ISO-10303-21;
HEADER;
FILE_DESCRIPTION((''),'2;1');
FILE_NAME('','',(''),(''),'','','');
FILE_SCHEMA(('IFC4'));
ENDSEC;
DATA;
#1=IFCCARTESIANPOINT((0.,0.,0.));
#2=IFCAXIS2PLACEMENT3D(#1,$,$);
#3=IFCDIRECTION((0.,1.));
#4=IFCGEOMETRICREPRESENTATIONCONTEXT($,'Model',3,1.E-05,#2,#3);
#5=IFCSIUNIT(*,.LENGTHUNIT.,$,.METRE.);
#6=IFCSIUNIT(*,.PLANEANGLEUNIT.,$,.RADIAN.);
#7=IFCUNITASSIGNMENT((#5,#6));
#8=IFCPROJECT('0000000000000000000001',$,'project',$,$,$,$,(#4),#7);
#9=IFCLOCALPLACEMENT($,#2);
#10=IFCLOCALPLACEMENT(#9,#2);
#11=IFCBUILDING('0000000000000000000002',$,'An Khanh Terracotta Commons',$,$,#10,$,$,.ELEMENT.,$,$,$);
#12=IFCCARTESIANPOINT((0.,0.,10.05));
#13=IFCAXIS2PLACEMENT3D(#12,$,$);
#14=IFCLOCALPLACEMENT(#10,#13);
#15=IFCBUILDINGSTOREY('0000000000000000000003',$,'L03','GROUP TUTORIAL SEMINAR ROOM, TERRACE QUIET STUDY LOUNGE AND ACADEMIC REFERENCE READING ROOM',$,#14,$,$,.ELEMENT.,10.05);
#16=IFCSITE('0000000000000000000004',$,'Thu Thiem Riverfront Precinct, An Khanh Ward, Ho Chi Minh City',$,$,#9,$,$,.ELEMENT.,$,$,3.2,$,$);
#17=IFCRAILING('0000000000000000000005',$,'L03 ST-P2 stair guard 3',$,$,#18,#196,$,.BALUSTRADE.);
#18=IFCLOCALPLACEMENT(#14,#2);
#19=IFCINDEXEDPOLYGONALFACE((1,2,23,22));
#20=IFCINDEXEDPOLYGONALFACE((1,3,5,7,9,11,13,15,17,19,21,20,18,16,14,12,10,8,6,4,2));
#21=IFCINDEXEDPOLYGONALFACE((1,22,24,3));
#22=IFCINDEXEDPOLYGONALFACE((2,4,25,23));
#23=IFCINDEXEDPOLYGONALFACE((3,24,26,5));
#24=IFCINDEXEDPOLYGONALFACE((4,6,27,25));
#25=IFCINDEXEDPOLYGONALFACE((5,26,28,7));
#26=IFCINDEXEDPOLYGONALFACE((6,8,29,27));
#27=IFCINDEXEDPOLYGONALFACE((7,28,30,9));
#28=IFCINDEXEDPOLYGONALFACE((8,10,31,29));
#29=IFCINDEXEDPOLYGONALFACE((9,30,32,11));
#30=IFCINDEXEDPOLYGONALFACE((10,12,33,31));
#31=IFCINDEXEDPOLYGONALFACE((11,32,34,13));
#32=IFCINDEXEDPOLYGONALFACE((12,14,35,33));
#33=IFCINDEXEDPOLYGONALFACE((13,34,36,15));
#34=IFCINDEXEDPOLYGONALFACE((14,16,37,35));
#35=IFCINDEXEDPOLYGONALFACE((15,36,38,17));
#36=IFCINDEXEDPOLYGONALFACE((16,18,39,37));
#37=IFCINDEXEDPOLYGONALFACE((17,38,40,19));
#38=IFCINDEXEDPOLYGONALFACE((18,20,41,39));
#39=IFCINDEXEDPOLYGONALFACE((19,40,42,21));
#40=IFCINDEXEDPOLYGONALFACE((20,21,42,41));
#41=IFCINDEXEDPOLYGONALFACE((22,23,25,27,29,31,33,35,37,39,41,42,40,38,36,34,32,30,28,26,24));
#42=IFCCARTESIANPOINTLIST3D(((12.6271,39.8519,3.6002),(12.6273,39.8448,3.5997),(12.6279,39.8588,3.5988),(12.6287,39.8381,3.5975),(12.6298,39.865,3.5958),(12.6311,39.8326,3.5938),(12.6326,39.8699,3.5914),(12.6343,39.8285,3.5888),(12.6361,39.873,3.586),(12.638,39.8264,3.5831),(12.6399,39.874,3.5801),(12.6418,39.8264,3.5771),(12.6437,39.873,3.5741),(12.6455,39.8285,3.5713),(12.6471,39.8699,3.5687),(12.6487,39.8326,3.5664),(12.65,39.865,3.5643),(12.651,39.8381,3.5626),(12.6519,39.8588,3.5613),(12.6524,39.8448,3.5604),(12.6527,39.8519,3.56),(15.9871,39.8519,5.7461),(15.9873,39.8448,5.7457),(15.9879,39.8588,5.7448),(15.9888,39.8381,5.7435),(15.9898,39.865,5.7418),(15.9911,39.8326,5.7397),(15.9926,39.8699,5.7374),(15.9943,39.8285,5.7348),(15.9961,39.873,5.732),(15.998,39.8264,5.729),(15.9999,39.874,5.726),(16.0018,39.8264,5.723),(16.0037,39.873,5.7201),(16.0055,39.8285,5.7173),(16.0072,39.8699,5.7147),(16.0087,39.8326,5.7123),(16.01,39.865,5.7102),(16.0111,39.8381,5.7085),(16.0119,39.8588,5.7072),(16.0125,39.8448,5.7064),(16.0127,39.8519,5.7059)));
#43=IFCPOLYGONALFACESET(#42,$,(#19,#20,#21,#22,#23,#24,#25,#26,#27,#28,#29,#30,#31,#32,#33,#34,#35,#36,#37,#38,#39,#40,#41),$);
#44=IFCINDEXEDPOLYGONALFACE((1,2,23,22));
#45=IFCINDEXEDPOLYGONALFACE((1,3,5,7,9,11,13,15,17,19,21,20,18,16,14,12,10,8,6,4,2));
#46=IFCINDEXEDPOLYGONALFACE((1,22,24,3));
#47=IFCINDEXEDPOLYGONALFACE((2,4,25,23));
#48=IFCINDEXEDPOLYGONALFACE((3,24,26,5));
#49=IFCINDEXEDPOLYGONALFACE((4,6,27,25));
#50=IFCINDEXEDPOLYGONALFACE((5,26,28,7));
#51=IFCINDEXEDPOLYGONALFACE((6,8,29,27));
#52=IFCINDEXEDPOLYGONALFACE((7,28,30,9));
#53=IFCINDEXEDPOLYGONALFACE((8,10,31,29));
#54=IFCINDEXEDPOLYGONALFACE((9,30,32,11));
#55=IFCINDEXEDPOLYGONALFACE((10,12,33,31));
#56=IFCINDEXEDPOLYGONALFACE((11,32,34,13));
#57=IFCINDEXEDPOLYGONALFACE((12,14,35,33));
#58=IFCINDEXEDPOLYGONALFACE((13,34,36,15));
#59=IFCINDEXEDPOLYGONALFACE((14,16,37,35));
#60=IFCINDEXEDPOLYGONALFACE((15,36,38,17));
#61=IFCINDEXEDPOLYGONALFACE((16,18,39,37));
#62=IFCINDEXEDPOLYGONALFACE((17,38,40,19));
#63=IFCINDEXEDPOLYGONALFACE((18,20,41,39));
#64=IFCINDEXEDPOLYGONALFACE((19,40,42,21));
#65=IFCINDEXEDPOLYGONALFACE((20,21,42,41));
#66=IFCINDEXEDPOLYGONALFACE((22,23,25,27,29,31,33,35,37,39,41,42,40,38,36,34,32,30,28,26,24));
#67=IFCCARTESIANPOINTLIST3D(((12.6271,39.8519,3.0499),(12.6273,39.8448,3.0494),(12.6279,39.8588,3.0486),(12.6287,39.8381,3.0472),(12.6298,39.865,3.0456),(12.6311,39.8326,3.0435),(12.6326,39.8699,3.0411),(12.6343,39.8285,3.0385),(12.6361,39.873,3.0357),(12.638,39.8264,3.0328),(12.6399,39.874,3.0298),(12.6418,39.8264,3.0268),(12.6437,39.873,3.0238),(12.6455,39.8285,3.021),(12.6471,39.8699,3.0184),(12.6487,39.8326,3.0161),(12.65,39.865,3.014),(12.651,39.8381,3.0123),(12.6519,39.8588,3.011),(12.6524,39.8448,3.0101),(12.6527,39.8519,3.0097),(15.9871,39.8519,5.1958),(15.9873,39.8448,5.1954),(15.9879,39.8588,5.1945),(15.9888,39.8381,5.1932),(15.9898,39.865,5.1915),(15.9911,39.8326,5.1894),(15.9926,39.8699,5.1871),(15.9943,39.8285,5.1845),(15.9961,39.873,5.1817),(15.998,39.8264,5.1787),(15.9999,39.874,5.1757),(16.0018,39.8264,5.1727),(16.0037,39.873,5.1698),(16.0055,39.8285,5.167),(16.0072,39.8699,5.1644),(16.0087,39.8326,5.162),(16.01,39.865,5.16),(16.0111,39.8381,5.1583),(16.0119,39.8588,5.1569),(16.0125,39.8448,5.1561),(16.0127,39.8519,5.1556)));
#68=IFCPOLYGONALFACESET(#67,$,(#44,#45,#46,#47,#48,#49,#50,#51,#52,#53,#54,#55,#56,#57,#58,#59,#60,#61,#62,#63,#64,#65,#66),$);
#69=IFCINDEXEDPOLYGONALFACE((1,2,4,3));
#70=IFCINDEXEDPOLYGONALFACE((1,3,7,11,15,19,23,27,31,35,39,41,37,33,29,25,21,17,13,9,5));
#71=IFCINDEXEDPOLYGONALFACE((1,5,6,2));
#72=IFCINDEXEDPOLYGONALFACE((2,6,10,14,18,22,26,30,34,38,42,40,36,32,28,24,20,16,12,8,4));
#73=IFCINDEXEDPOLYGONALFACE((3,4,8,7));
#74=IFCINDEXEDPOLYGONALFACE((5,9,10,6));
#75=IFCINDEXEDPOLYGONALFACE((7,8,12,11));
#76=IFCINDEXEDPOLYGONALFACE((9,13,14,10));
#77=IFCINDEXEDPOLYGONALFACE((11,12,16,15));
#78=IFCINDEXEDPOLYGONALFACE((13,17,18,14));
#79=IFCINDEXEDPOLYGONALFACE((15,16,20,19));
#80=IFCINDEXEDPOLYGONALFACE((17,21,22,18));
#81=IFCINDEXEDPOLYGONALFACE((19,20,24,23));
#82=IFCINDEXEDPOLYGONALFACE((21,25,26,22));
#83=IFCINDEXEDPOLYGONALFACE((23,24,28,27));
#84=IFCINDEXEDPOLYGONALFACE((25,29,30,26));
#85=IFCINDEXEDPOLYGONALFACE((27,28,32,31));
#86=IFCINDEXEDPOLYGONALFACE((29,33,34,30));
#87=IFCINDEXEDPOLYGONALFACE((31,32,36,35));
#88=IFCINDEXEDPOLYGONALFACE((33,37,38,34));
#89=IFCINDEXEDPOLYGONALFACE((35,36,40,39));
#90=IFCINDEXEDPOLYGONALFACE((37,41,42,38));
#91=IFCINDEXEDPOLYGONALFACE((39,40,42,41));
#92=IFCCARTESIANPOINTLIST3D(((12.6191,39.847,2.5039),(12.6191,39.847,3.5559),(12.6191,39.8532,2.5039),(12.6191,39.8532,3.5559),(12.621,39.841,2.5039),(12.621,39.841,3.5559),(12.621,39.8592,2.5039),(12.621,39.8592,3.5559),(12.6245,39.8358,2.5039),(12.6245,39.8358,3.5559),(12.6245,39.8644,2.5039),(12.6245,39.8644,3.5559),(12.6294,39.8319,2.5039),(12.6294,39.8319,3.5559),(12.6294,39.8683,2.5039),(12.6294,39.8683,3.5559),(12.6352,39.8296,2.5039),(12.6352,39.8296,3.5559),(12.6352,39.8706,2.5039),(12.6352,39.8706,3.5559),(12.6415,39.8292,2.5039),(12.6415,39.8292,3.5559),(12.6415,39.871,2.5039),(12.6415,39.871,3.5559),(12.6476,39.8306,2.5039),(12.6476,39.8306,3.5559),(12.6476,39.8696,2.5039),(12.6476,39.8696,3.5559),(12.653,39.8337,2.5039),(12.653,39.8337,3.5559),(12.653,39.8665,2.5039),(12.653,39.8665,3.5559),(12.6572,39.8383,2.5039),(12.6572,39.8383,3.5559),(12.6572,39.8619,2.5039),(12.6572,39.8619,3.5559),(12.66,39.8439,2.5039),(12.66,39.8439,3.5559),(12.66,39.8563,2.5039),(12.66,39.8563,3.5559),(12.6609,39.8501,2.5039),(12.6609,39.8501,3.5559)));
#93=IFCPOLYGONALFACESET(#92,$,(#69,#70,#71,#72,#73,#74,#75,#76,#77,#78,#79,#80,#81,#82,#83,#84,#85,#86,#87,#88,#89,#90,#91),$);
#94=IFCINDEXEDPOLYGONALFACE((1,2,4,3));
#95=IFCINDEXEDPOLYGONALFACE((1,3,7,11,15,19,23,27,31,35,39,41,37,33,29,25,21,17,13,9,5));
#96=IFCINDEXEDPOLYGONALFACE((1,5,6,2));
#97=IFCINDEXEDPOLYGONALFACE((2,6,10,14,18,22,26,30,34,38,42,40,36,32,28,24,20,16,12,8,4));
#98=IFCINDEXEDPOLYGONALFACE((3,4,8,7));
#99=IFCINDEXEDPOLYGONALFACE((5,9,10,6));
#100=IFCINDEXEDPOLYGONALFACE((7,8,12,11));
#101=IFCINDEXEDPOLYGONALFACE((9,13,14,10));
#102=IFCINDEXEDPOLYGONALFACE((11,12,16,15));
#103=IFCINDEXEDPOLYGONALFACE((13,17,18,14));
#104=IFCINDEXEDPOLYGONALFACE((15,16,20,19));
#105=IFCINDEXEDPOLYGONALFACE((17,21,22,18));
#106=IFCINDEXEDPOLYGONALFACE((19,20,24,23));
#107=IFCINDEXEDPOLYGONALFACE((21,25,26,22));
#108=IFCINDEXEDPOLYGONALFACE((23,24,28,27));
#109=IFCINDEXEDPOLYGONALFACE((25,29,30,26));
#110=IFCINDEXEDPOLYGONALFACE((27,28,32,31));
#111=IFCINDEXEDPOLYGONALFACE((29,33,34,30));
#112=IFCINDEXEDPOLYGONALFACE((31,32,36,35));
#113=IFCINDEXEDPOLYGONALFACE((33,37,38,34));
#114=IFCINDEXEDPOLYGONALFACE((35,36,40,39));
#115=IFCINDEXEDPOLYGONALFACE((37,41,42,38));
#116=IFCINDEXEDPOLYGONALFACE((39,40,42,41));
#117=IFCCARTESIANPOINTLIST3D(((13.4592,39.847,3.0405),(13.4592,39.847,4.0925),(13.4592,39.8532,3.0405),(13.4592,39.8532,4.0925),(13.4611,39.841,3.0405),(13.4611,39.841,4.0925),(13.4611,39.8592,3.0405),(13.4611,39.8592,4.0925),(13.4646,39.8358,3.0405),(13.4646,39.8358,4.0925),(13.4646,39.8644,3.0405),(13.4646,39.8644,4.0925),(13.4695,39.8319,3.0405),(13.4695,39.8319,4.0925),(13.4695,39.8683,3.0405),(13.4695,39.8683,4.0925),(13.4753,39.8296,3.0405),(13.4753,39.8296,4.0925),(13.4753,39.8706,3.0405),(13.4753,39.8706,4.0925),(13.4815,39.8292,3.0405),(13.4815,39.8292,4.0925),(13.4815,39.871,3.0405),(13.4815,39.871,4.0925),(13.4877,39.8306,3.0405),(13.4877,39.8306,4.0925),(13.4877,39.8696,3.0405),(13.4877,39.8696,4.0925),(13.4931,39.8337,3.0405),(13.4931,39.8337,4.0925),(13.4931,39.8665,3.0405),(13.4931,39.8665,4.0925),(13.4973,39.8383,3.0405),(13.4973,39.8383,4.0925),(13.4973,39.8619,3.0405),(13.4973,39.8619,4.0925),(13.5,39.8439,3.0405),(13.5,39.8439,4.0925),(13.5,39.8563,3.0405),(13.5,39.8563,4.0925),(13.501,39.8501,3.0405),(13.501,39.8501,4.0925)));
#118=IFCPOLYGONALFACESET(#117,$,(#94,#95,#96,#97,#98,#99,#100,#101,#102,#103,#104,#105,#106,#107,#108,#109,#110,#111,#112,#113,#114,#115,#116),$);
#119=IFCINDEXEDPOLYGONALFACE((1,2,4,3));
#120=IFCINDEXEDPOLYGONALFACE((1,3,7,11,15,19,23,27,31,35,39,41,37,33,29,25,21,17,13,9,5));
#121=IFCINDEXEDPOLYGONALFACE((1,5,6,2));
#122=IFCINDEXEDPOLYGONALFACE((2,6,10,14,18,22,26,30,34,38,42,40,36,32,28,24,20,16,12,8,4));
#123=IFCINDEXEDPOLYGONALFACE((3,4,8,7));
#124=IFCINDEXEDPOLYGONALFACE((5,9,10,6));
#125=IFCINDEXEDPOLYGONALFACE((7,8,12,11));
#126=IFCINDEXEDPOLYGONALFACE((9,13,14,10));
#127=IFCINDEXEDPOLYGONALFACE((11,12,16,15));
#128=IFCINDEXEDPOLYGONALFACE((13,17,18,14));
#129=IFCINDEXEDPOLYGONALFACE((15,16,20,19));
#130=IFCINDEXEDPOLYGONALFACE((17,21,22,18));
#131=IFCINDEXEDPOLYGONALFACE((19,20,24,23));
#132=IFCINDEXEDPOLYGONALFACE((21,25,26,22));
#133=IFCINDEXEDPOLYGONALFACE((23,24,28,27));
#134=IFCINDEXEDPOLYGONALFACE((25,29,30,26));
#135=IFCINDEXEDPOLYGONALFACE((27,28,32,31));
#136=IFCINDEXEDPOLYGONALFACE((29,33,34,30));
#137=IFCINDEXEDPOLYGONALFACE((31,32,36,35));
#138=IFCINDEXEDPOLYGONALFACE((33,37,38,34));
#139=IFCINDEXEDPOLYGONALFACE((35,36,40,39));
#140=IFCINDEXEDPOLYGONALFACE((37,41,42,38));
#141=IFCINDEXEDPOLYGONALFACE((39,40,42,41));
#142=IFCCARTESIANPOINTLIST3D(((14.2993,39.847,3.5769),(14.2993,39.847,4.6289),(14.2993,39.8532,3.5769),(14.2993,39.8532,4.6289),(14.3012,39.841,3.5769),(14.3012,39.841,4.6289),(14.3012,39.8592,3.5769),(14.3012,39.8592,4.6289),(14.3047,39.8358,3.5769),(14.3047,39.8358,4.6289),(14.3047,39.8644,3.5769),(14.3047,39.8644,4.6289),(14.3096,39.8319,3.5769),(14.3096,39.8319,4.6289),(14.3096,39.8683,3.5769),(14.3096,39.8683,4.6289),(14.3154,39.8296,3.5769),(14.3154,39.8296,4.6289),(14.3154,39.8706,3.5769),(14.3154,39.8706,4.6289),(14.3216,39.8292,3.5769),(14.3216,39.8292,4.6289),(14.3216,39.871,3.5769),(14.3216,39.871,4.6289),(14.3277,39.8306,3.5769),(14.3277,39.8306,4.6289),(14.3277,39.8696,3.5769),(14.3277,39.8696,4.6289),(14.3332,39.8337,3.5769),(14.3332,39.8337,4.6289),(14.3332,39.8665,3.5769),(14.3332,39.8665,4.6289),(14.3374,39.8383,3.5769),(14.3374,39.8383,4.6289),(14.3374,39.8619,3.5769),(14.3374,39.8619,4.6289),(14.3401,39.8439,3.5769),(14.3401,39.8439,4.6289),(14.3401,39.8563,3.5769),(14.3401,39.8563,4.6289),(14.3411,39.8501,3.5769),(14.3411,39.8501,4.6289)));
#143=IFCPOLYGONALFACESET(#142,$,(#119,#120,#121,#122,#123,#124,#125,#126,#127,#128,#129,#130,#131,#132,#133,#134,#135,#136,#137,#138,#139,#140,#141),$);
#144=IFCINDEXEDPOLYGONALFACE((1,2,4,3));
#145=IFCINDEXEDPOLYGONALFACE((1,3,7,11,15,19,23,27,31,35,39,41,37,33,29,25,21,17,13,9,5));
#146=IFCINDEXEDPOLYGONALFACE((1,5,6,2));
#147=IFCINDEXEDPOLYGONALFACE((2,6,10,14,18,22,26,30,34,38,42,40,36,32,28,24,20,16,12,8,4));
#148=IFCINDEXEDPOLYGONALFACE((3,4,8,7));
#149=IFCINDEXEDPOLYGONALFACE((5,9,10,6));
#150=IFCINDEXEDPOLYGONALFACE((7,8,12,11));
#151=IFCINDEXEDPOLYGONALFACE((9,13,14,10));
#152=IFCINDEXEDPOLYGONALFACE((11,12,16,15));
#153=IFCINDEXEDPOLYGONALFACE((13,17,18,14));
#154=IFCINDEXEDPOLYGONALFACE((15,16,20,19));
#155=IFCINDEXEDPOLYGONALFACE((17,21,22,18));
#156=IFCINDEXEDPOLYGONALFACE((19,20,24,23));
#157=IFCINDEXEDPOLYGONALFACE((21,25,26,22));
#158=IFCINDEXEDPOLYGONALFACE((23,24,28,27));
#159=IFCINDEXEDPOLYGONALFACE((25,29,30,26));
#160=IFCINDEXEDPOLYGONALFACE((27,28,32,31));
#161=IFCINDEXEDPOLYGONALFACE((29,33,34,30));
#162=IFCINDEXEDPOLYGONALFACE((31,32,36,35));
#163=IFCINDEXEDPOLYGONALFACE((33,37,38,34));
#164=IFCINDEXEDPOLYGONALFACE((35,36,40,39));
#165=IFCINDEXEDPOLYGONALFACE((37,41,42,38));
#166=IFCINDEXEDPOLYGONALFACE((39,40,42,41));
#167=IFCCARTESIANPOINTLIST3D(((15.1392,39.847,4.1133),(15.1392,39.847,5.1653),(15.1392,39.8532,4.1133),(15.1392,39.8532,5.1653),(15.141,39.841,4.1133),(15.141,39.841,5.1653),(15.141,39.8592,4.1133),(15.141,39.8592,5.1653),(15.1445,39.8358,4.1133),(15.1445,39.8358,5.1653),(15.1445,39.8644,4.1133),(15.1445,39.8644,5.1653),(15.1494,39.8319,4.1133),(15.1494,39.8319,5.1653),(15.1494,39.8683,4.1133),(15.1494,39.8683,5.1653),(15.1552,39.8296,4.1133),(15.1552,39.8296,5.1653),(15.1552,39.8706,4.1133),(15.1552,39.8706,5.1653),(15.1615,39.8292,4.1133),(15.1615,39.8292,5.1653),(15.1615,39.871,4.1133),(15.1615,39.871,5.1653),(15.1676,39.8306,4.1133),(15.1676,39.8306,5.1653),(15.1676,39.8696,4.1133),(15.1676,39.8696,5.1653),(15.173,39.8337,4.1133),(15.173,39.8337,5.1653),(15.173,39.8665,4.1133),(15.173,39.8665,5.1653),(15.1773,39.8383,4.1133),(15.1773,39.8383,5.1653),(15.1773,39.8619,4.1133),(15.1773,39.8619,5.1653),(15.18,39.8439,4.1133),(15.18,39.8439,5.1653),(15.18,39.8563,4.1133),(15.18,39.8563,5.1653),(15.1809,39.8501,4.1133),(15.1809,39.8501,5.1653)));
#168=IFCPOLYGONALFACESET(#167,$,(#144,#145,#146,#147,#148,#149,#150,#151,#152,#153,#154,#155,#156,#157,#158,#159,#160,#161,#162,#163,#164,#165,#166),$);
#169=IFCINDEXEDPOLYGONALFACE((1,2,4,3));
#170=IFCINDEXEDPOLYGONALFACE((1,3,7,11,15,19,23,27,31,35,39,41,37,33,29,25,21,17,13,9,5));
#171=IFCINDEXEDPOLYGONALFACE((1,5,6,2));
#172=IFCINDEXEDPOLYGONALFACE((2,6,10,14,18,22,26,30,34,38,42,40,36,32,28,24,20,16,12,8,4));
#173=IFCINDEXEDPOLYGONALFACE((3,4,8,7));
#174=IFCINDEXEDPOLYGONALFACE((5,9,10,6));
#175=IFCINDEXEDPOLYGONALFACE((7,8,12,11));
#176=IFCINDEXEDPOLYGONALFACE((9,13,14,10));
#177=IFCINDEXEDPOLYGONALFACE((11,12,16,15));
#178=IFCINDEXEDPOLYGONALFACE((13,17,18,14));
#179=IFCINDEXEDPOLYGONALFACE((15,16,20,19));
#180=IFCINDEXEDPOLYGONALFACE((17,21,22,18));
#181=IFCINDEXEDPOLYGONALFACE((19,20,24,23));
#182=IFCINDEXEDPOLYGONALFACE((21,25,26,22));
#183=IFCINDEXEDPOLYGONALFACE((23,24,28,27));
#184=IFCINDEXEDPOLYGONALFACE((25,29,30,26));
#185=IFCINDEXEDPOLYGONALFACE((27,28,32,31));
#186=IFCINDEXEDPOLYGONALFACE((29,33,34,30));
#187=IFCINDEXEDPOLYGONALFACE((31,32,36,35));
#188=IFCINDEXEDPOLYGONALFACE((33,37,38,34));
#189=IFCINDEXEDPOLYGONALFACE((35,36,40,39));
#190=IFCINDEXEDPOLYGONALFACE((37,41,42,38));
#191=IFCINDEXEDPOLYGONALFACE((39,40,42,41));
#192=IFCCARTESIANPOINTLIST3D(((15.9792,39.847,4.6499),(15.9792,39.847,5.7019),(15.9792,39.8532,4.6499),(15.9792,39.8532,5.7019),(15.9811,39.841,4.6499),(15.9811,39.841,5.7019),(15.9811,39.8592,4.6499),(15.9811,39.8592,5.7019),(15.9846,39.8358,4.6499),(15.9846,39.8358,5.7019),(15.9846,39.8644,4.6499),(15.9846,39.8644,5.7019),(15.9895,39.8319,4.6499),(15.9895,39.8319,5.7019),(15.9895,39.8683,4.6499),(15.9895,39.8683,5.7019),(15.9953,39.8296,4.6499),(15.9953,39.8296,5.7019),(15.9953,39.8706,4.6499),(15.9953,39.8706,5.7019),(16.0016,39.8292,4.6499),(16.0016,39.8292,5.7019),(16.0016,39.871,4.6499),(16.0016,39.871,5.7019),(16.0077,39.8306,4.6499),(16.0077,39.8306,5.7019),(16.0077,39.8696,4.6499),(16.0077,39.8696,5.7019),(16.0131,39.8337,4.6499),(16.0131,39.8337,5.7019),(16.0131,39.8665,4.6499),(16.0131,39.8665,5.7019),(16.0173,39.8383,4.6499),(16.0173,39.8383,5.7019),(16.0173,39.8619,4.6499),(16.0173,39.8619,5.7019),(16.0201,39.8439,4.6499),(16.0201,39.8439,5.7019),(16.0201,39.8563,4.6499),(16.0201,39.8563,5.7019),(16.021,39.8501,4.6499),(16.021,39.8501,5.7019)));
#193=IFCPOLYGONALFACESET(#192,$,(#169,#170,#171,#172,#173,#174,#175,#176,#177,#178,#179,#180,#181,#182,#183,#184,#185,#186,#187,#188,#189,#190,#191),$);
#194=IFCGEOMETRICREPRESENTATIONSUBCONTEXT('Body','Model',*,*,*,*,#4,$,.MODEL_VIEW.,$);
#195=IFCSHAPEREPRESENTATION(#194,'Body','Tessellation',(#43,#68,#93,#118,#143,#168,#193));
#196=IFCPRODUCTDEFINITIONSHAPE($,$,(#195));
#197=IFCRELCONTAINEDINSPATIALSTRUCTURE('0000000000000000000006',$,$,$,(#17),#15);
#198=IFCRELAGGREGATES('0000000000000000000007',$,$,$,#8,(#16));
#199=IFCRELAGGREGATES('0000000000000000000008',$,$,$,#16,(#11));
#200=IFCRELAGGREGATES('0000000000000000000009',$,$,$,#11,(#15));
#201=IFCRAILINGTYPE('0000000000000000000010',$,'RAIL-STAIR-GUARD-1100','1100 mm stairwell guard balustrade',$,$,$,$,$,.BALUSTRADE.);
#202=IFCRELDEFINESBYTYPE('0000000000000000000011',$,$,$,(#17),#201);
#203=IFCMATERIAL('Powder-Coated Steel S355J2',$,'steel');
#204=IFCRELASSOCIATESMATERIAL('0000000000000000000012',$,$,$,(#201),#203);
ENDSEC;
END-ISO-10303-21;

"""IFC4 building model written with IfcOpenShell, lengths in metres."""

from ifc_helpers import new_model, si_unit, direction, frame, origin, origin_2d, place, context, subcontext, project, spatial, circle, extrude, material, type_object, element, save


model = new_model("IFC4")

# Units and contexts
model_context = context("Model", 3, precision=1e-05, world=origin(), true_north=direction((0.0, 1.0)))
body_context = subcontext(model_context, "Body", "Model", "MODEL_VIEW")
ifc_project = project(units=[si_unit("LENGTHUNIT", "METRE"), si_unit("PLANEANGLEUNIT", "RADIAN")], contexts=[model_context])

# Site, building, storey
site_placement = place(None, origin())
site = spatial("IfcSite", under=ifc_project, at=site_placement, Name="Thu Thiem Riverfront Precinct, An Khanh Ward, Ho Chi Minh City", CompositionType="ELEMENT", RefElevation=3.2)
building_placement = place(site_placement, origin())
building = spatial("IfcBuilding", under=site, at=building_placement, Name="An Khanh Terracotta Commons", CompositionType="ELEMENT")
storey_placement = place(building_placement, frame((0.0, 0.0, 10.05)))
storey = spatial("IfcBuildingStorey", under=building, at=storey_placement, Name="L03", Description="GROUP TUTORIAL SEMINAR ROOM, TERRACE QUIET STUDY LOUNGE AND ACADEMIC REFERENCE READING ROOM", CompositionType="ELEMENT", Elevation=10.05)

# Railing
ifc_material_1 = material(Name="Powder-Coated Steel S355J2", Category="steel")
railing_type_1 = type_object("IfcRailingType", Name="RAIL-STAIR-GUARD-1100", Description="1100 mm stairwell guard balustrade", PredefinedType="BALUSTRADE", material=ifc_material_1)
railing_1_placement = place(storey_placement, frame((12.6399, 39.8501, 2.5039)))
element("IfcRailing", 1, at=railing_1_placement, inside=storey, type_object=railing_type_1, Name="L03 ST-P2 stair guard 3", PredefinedType="BALUSTRADE", context=body_context, shape_type="SweptSolid", body=[
    extrude(circle(Radius=0.0239, at=origin_2d()), frame((0.0, 0.0, 1.0762), z_axis=(0.84278, 0.0, 0.538258), x_axis=(0.0, 1.0, 0.0)), (0.0, 0.0, 1.0), 3.9868),
    extrude(circle(Radius=0.0239, at=origin_2d()), frame((0.0, 0.0, 0.5259), z_axis=(0.84278, 0.0, 0.538258), x_axis=(0.0, 1.0, 0.0)), (0.0, 0.0, 1.0), 3.9868),
    extrude(circle(Radius=0.021, at=origin_2d()), origin(), (0.0, 0.0, 1.0), 1.052),
    extrude(circle(Radius=0.021, at=origin_2d()), frame((0.8401, 0.0, 0.5366)), (0.0, 0.0, 1.0), 1.052),
    extrude(circle(Radius=0.021, at=origin_2d()), frame((1.6802, 0.0, 1.073)), (0.0, 0.0, 1.0), 1.052),
    extrude(circle(Radius=0.021, at=origin_2d()), frame((2.52, 0.0, 1.6094)), (0.0, 0.0, 1.0), 1.052),
    extrude(circle(Radius=0.021, at=origin_2d()), frame((3.3601, 0.0, 2.146)), (0.0, 0.0, 1.0), 1.052),
])

save(model, "model.ifc")
